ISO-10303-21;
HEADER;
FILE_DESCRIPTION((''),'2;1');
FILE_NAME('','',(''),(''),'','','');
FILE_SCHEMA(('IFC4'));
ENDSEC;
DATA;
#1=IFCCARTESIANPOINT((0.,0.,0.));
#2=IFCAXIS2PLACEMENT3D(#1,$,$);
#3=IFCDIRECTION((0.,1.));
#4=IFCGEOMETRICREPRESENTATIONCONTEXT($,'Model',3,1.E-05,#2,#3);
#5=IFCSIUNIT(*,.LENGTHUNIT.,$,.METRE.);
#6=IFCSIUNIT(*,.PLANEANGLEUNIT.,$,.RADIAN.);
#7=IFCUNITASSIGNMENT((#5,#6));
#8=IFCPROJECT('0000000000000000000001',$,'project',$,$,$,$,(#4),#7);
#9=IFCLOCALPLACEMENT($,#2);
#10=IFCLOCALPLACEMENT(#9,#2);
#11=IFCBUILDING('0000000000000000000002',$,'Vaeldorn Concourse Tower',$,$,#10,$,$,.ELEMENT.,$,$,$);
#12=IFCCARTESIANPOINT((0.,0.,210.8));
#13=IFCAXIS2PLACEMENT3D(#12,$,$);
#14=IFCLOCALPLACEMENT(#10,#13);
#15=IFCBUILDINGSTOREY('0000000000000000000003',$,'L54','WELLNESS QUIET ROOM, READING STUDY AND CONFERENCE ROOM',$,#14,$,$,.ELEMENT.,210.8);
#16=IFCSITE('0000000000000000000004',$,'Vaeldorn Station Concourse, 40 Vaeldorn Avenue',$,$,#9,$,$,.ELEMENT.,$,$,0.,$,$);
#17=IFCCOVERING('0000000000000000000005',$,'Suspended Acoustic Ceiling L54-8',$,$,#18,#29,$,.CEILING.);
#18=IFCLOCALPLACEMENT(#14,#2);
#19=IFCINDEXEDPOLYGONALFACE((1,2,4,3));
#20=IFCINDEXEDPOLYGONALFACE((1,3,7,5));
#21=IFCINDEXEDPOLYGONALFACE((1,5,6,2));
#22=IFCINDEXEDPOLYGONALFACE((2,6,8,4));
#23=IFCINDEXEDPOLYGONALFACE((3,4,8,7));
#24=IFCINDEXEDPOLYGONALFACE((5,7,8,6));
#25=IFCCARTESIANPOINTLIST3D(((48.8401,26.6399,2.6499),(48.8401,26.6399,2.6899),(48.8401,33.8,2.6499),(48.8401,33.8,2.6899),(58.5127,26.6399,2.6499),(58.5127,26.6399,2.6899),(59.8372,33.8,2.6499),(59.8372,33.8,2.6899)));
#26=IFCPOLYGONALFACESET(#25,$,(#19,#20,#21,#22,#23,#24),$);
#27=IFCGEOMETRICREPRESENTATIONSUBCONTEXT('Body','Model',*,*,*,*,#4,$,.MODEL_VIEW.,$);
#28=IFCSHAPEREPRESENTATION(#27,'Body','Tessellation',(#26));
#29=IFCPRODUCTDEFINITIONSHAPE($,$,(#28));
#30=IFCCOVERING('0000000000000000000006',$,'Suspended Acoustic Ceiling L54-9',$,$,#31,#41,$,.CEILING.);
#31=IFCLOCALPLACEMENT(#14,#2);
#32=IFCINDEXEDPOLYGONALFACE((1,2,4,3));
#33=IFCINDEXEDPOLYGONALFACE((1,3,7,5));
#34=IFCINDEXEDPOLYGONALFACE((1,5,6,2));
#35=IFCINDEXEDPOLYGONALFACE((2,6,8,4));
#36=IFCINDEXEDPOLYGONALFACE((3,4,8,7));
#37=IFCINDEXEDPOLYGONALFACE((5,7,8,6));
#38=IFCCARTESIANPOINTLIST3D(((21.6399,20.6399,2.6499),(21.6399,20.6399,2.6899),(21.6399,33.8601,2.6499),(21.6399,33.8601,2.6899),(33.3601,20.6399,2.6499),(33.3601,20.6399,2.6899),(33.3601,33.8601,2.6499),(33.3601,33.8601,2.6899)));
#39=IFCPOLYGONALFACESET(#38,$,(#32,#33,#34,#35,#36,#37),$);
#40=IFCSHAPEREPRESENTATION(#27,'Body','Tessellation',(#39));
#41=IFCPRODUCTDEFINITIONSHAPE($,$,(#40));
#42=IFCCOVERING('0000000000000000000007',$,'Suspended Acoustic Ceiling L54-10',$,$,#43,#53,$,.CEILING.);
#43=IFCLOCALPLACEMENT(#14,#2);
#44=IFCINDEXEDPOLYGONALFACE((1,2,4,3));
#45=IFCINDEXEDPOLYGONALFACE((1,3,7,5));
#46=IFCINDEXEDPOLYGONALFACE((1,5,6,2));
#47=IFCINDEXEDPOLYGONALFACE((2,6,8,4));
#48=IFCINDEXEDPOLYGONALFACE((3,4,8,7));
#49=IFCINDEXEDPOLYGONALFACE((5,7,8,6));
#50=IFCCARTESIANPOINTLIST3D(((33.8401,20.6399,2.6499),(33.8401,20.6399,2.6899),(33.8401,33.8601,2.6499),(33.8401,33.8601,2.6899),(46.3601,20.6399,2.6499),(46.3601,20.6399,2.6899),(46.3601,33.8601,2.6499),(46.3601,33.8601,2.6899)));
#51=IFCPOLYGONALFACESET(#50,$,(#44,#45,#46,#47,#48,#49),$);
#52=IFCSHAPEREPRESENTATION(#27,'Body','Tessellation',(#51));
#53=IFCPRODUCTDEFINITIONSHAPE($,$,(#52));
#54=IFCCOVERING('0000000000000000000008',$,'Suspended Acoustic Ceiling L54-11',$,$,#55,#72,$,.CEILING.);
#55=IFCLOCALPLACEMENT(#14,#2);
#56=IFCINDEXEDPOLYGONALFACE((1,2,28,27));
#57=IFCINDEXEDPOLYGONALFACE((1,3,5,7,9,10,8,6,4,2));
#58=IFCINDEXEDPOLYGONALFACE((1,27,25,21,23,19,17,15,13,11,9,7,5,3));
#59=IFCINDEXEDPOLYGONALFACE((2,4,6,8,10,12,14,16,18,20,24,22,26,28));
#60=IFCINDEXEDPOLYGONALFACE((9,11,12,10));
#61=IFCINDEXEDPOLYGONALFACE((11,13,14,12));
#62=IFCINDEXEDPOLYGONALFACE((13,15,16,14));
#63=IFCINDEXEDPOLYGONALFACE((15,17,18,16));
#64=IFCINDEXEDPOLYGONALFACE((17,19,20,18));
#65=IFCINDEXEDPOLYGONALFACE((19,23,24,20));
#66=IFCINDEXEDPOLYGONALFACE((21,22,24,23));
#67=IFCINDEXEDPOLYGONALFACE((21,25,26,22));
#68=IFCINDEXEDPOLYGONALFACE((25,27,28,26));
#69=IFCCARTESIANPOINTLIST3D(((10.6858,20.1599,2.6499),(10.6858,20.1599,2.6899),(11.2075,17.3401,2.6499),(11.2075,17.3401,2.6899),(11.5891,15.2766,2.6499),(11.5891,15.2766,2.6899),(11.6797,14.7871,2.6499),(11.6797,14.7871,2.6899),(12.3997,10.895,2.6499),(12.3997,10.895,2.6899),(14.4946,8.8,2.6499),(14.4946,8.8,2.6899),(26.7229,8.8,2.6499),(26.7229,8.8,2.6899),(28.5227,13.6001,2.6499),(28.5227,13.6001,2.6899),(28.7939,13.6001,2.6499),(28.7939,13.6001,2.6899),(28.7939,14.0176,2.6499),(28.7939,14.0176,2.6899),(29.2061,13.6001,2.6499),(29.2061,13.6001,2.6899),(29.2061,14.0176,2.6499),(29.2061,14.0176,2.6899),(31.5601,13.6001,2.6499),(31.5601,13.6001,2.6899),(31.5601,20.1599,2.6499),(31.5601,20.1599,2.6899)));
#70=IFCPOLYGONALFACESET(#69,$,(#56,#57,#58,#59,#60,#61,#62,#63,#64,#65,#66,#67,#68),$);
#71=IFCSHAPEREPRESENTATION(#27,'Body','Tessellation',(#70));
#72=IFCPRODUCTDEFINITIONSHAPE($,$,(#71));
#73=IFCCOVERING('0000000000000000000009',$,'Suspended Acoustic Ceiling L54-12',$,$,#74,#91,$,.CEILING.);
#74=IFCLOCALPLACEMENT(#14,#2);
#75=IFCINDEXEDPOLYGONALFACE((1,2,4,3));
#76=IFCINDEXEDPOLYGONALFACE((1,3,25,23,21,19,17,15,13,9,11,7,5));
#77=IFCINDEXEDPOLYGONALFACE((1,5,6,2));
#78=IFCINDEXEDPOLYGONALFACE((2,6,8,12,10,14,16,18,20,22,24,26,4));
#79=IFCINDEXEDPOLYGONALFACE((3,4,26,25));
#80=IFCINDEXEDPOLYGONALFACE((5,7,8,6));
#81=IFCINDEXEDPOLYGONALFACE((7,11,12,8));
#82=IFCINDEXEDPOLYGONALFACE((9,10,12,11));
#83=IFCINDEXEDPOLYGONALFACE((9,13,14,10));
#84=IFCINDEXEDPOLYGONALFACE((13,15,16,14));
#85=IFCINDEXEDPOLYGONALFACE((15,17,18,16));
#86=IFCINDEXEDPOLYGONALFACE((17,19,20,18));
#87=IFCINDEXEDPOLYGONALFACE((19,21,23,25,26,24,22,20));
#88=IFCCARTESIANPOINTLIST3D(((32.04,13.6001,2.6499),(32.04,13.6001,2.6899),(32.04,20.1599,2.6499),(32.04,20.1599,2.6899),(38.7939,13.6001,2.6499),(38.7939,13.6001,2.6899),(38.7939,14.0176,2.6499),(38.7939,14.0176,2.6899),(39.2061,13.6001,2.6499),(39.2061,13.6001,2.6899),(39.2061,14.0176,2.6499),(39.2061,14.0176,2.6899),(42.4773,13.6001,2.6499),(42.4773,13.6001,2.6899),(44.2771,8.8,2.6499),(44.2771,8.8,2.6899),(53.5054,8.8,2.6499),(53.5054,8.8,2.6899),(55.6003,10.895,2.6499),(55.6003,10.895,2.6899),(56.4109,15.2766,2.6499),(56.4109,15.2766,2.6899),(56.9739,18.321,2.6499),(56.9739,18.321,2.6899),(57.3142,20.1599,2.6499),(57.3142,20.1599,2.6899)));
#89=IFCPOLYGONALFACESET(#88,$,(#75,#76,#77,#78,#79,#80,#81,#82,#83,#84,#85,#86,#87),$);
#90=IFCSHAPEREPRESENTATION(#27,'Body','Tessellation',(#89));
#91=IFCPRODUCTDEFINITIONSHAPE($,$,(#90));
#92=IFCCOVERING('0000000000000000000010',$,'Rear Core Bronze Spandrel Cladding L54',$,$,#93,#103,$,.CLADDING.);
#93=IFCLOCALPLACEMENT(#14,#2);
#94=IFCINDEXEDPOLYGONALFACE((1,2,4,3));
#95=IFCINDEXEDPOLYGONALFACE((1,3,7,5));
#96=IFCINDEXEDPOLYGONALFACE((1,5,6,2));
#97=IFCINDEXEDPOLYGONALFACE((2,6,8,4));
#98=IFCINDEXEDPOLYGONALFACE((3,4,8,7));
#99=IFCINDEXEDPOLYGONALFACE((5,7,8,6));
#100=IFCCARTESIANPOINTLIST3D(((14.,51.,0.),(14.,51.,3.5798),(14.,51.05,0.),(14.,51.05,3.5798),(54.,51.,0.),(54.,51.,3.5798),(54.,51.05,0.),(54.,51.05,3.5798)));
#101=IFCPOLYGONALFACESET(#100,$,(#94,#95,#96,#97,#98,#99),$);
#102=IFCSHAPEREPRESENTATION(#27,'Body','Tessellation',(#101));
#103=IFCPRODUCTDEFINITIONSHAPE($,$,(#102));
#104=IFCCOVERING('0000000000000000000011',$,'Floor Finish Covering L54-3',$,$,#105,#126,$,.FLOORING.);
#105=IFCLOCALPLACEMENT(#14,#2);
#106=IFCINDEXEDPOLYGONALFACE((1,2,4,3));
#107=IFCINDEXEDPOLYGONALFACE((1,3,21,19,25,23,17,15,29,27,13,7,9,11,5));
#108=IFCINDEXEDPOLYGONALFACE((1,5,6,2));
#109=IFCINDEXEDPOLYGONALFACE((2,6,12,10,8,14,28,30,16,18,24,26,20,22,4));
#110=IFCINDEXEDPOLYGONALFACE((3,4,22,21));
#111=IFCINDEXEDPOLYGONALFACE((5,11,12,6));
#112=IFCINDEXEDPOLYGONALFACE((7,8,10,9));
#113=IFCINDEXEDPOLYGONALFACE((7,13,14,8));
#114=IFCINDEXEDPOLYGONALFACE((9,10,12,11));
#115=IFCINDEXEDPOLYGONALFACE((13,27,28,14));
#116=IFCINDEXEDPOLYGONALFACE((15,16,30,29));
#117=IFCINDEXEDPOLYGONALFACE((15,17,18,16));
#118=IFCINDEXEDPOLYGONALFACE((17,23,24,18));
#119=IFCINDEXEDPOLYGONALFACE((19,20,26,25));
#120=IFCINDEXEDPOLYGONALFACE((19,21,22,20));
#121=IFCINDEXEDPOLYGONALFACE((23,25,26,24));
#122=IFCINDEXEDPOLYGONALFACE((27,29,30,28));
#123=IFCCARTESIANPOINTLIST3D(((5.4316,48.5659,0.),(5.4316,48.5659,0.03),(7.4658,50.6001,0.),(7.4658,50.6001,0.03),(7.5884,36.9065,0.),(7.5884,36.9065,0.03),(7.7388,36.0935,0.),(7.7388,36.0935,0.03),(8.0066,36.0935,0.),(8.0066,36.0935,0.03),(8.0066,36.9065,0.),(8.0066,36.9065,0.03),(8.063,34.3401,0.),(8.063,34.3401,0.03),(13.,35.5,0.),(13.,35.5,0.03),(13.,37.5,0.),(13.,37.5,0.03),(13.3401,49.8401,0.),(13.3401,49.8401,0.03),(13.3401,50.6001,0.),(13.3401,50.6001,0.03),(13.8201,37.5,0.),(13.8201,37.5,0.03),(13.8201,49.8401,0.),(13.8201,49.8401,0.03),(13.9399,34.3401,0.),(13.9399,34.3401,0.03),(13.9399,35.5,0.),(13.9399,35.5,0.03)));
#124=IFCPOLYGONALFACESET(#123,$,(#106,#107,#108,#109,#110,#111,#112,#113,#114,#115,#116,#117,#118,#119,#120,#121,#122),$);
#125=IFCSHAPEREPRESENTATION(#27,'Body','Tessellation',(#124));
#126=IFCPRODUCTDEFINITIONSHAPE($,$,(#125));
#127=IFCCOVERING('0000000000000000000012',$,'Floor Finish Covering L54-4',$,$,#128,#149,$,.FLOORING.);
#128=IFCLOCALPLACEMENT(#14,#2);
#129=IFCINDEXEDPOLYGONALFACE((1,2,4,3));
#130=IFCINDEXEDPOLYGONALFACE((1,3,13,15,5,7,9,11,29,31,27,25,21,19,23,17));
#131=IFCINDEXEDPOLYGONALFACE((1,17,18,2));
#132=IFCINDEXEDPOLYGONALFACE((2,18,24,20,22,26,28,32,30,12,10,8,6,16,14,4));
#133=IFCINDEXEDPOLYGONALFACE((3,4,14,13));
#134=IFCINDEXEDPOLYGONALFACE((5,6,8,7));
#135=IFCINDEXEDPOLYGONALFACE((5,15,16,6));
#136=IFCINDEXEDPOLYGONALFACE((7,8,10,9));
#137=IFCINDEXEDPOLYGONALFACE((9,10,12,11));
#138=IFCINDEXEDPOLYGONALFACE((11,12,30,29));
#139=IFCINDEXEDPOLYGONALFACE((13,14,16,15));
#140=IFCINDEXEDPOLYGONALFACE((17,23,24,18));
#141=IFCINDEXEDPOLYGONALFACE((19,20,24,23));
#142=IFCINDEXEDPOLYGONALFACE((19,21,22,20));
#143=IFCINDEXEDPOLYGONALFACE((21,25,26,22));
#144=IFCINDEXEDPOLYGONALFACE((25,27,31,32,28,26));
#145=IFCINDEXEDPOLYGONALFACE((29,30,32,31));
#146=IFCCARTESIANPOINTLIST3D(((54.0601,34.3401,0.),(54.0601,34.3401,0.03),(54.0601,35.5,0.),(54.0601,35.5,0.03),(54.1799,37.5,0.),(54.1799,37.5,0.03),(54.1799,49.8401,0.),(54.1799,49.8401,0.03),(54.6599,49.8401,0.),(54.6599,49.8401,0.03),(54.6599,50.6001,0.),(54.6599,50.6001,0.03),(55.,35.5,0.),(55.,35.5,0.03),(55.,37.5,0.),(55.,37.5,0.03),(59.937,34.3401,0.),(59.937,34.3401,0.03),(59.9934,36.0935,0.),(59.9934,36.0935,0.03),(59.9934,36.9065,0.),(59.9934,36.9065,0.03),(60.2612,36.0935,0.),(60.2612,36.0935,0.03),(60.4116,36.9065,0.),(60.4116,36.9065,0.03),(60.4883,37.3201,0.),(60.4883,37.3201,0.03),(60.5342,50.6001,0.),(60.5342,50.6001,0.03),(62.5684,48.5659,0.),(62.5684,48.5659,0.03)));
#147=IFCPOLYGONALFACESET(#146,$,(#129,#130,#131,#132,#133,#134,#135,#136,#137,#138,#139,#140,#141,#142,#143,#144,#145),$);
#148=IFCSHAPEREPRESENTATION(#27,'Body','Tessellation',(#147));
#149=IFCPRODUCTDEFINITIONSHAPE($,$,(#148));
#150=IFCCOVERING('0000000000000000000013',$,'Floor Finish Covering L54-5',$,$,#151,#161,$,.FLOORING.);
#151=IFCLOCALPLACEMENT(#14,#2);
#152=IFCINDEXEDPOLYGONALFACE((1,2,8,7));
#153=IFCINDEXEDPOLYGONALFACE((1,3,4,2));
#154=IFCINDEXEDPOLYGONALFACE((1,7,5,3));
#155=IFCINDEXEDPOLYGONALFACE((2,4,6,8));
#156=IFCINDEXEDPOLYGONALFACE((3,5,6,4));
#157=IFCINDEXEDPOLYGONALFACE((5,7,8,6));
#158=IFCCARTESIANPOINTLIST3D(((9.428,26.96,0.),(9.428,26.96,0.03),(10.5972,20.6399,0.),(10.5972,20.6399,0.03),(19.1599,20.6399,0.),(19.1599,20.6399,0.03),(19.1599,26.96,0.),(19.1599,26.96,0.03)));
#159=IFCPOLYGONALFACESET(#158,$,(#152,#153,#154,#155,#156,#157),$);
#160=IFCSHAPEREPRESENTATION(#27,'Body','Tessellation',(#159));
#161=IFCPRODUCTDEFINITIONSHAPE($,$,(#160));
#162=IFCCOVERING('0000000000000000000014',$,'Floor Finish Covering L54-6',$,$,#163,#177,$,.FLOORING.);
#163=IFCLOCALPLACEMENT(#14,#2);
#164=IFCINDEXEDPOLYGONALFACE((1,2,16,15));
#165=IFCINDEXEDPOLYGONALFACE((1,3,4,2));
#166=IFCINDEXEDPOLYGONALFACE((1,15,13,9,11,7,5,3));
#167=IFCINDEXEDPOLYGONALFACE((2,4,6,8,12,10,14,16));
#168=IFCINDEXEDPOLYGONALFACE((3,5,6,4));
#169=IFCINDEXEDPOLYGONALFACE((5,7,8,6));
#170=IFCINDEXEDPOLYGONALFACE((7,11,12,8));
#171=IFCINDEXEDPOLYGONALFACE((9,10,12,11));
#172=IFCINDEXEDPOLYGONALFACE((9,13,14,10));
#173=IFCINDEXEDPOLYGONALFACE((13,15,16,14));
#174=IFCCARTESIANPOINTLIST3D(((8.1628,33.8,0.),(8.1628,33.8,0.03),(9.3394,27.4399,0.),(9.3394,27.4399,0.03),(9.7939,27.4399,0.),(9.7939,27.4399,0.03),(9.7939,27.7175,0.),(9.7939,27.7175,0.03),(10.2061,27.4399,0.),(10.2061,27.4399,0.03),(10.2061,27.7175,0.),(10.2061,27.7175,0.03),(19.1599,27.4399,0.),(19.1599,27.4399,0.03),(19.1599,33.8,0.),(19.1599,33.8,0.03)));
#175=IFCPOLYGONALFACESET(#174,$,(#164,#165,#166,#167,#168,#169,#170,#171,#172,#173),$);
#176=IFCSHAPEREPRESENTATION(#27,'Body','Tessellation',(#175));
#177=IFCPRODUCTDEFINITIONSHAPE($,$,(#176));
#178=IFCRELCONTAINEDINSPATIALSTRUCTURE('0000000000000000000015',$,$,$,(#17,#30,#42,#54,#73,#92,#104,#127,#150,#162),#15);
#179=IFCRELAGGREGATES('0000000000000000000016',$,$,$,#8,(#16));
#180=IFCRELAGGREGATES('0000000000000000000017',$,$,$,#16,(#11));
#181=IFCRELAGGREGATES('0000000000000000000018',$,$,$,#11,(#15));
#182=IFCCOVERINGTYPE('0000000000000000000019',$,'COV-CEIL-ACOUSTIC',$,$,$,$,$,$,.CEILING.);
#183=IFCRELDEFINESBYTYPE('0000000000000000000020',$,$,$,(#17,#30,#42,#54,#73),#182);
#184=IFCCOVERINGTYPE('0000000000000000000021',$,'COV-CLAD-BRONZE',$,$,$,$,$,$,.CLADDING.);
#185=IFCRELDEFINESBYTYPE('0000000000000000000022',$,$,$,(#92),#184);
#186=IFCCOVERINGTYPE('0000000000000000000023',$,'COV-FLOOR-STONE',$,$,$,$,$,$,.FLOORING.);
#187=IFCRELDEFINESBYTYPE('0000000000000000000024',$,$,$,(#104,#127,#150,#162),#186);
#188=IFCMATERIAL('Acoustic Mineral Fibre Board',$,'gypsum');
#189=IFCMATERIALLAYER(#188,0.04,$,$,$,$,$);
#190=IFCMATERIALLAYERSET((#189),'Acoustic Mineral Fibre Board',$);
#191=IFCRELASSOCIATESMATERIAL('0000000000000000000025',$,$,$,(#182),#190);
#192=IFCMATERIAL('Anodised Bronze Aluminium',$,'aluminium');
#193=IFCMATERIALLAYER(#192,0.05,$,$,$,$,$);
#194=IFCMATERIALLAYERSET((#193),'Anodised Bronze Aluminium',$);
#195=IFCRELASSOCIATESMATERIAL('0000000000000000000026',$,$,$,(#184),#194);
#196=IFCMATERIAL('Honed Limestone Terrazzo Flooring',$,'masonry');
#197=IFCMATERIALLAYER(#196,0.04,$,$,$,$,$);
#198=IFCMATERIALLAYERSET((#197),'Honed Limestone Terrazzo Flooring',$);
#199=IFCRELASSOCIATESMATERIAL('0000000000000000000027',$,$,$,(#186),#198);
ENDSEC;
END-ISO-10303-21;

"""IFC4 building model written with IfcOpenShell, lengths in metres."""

from ifc_helpers import new_model, si_unit, direction, frame, origin, place, context, subcontext, project, spatial, polyline, outline, extrude, material, layer, layer_set, type_object, element, save


model = new_model("IFC4")

# Units and contexts
model_context = context("Model", 3, precision=1e-05, world=origin(), true_north=direction((0.0, 1.0)))
body_context = subcontext(model_context, "Body", "Model", "MODEL_VIEW")
ifc_project = project(units=[si_unit("LENGTHUNIT", "METRE"), si_unit("PLANEANGLEUNIT", "RADIAN")], contexts=[model_context])

# Site, building, storey
site_placement = place(None, origin())
site = spatial("IfcSite", under=ifc_project, at=site_placement, Name="Vaeldorn Station Concourse, 40 Vaeldorn Avenue", CompositionType="ELEMENT", RefElevation=0.0)
building_placement = place(site_placement, origin())
building = spatial("IfcBuilding", under=site, at=building_placement, Name="Vaeldorn Concourse Tower", CompositionType="ELEMENT")
storey_placement = place(building_placement, frame((0.0, 0.0, 210.8)))
storey = spatial("IfcBuildingStorey", under=building, at=storey_placement, Name="L54", Description="WELLNESS QUIET ROOM, READING STUDY AND CONFERENCE ROOM", CompositionType="ELEMENT", Elevation=210.8)

# Coverings
ifc_material_1 = material(Name="Acoustic Mineral Fibre Board", Category="gypsum")
ifc_layer_1 = layer(ifc_material_1, 0.04)
ifc_layer_set_1 = layer_set([ifc_layer_1], Name="Acoustic Mineral Fibre Board")
covering_type_1 = type_object("IfcCoveringType", Name="COV-CEIL-ACOUSTIC", PredefinedType="CEILING", material=ifc_layer_set_1)
covering_1_placement = place(storey_placement, frame((0.0, 0.0, 2.6499)))
element("IfcCovering", 1, at=covering_1_placement, inside=storey, type_object=covering_type_1, Name="Suspended Acoustic Ceiling L54-8", PredefinedType="CEILING", context=body_context, shape_type="SweptSolid", body=[
    extrude(outline(polyline([(48.8401, 26.6399), (48.8401, 33.8), (59.8372, 33.8), (58.5127, 26.6399), (48.8401, 26.6399)])), origin(), (0.0, 0.0, 1.0), 0.04),
])
covering_2_placement = place(storey_placement, frame((0.0, 0.0, 2.6499)))
element("IfcCovering", 2, at=covering_2_placement, inside=storey, type_object=covering_type_1, Name="Suspended Acoustic Ceiling L54-9", PredefinedType="CEILING", context=body_context, shape_type="SweptSolid", body=[
    extrude(outline(polyline([(21.6399, 33.8601), (33.3601, 33.8601), (33.3601, 20.6399), (21.6399, 20.6399), (21.6399, 33.8601)])), origin(), (0.0, 0.0, 1.0), 0.04),
])
covering_3_placement = place(storey_placement, frame((0.0, 0.0, 2.6499)))
element("IfcCovering", 3, at=covering_3_placement, inside=storey, type_object=covering_type_1, Name="Suspended Acoustic Ceiling L54-10", PredefinedType="CEILING", context=body_context, shape_type="SweptSolid", body=[
    extrude(outline(polyline([(33.8401, 33.8601), (46.3601, 33.8601), (46.3601, 20.6399), (33.8401, 20.6399), (33.8401, 33.8601)])), origin(), (0.0, 0.0, 1.0), 0.04),
])
covering_4_placement = place(storey_placement, frame((0.0, 0.0, 2.6499)))
element("IfcCovering", 4, at=covering_4_placement, inside=storey, type_object=covering_type_1, Name="Suspended Acoustic Ceiling L54-11", PredefinedType="CEILING", context=body_context, shape_type="SweptSolid", body=[
    extrude(outline(polyline([(31.5601, 20.1599), (31.5601, 13.6001), (29.2061, 13.6001), (29.2061, 14.0176), (28.7939, 14.0176), (28.7939, 13.6001), (28.5227, 13.6001), (26.7229, 8.8), (14.4946, 8.8), (12.3997, 10.895), (11.6797, 14.7871), (11.5891, 15.2766), (11.2075, 17.3401), (11.2075, 17.3401), (10.6858, 20.1599), (31.5601, 20.1599)])), origin(), (0.0, 0.0, 1.0), 0.04),
])
covering_5_placement = place(storey_placement, frame((0.0, 0.0, 2.6499)))
element("IfcCovering", 5, at=covering_5_placement, inside=storey, type_object=covering_type_1, Name="Suspended Acoustic Ceiling L54-12", PredefinedType="CEILING", context=body_context, shape_type="SweptSolid", body=[
    extrude(outline(polyline([(32.04, 20.1599), (57.3142, 20.1599), (56.9739, 18.321), (56.4109, 15.2766), (55.6003, 10.895), (53.5054, 8.8), (44.2771, 8.8), (42.4773, 13.6001), (39.2061, 13.6001), (39.2061, 14.0176), (38.7939, 14.0176), (38.7939, 13.6001), (32.04, 13.6001), (32.04, 20.1599)])), origin(), (0.0, 0.0, 1.0), 0.04),
])
ifc_material_2 = material(Name="Anodised Bronze Aluminium", Category="aluminium")
ifc_layer_2 = layer(ifc_material_2, 0.05)
ifc_layer_set_2 = layer_set([ifc_layer_2], Name="Anodised Bronze Aluminium")
covering_type_2 = type_object("IfcCoveringType", Name="COV-CLAD-BRONZE", PredefinedType="CLADDING", material=ifc_layer_set_2)
covering_6_placement = place(storey_placement, origin())
element("IfcCovering", 6, at=covering_6_placement, inside=storey, type_object=covering_type_2, Name="Rear Core Bronze Spandrel Cladding L54", PredefinedType="CLADDING", context=body_context, shape_type="SweptSolid", body=[
    extrude(outline(polyline([(14.0, 51.0), (54.0, 51.0), (54.0, 51.05), (14.0, 51.05), (14.0, 51.0)])), origin(), (0.0, 0.0, 1.0), 3.5798),
])
ifc_material_3 = material(Name="Honed Limestone Terrazzo Flooring", Category="masonry")
ifc_layer_3 = layer(ifc_material_3, 0.04)
ifc_layer_set_3 = layer_set([ifc_layer_3], Name="Honed Limestone Terrazzo Flooring")
covering_type_3 = type_object("IfcCoveringType", Name="COV-FLOOR-STONE", PredefinedType="FLOORING", material=ifc_layer_set_3)
covering_7_placement = place(storey_placement, origin())
element("IfcCovering", 7, at=covering_7_placement, inside=storey, type_object=covering_type_3, Name="Floor Finish Covering L54-3", PredefinedType="FLOORING", context=body_context, shape_type="SweptSolid", body=[
    extrude(outline(polyline([(7.4658, 50.6001), (13.3401, 50.6001), (13.3401, 49.8401), (13.8201, 49.8401), (13.8201, 37.5), (13.0, 37.5), (13.0, 35.5), (13.9399, 35.5), (13.9399, 34.3401), (8.063, 34.3401), (7.7388, 36.0935), (8.0066, 36.0935), (8.0066, 36.9065), (7.5884, 36.9065), (5.4316, 48.5659), (7.4658, 50.6001)])), origin(), (0.0, 0.0, 1.0), 0.03),
])
covering_8_placement = place(storey_placement, origin())
element("IfcCovering", 8, at=covering_8_placement, inside=storey, type_object=covering_type_3, Name="Floor Finish Covering L54-4", PredefinedType="FLOORING", context=body_context, shape_type="SweptSolid", body=[
    extrude(outline(polyline([(54.1799, 49.8401), (54.6599, 49.8401), (54.6599, 50.6001), (60.5342, 50.6001), (62.5684, 48.5659), (60.4883, 37.3201), (60.4883, 37.3201), (60.4116, 36.9065), (59.9934, 36.9065), (59.9934, 36.0935), (60.2612, 36.0935), (59.937, 34.3401), (54.0601, 34.3401), (54.0601, 35.5), (55.0, 35.5), (55.0, 37.5), (54.1799, 37.5), (54.1799, 49.8401)])), origin(), (0.0, 0.0, 1.0), 0.03),
])
covering_9_placement = place(storey_placement, origin())
element("IfcCovering", 9, at=covering_9_placement, inside=storey, type_object=covering_type_3, Name="Floor Finish Covering L54-5", PredefinedType="FLOORING", context=body_context, shape_type="SweptSolid", body=[
    extrude(outline(polyline([(19.1599, 26.96), (19.1599, 20.6399), (10.5972, 20.6399), (9.428, 26.96), (19.1599, 26.96)])), origin(), (0.0, 0.0, 1.0), 0.03),
])
covering_10_placement = place(storey_placement, origin())
element("IfcCovering", 10, at=covering_10_placement, inside=storey, type_object=covering_type_3, Name="Floor Finish Covering L54-6", PredefinedType="FLOORING", context=body_context, shape_type="SweptSolid", body=[
    extrude(outline(polyline([(19.1599, 33.8), (19.1599, 27.4399), (10.2061, 27.4399), (10.2061, 27.7175), (9.7939, 27.7175), (9.7939, 27.4399), (9.3394, 27.4399), (8.1628, 33.8), (19.1599, 33.8)])), origin(), (0.0, 0.0, 1.0), 0.03),
])

save(model, "model.ifc")
